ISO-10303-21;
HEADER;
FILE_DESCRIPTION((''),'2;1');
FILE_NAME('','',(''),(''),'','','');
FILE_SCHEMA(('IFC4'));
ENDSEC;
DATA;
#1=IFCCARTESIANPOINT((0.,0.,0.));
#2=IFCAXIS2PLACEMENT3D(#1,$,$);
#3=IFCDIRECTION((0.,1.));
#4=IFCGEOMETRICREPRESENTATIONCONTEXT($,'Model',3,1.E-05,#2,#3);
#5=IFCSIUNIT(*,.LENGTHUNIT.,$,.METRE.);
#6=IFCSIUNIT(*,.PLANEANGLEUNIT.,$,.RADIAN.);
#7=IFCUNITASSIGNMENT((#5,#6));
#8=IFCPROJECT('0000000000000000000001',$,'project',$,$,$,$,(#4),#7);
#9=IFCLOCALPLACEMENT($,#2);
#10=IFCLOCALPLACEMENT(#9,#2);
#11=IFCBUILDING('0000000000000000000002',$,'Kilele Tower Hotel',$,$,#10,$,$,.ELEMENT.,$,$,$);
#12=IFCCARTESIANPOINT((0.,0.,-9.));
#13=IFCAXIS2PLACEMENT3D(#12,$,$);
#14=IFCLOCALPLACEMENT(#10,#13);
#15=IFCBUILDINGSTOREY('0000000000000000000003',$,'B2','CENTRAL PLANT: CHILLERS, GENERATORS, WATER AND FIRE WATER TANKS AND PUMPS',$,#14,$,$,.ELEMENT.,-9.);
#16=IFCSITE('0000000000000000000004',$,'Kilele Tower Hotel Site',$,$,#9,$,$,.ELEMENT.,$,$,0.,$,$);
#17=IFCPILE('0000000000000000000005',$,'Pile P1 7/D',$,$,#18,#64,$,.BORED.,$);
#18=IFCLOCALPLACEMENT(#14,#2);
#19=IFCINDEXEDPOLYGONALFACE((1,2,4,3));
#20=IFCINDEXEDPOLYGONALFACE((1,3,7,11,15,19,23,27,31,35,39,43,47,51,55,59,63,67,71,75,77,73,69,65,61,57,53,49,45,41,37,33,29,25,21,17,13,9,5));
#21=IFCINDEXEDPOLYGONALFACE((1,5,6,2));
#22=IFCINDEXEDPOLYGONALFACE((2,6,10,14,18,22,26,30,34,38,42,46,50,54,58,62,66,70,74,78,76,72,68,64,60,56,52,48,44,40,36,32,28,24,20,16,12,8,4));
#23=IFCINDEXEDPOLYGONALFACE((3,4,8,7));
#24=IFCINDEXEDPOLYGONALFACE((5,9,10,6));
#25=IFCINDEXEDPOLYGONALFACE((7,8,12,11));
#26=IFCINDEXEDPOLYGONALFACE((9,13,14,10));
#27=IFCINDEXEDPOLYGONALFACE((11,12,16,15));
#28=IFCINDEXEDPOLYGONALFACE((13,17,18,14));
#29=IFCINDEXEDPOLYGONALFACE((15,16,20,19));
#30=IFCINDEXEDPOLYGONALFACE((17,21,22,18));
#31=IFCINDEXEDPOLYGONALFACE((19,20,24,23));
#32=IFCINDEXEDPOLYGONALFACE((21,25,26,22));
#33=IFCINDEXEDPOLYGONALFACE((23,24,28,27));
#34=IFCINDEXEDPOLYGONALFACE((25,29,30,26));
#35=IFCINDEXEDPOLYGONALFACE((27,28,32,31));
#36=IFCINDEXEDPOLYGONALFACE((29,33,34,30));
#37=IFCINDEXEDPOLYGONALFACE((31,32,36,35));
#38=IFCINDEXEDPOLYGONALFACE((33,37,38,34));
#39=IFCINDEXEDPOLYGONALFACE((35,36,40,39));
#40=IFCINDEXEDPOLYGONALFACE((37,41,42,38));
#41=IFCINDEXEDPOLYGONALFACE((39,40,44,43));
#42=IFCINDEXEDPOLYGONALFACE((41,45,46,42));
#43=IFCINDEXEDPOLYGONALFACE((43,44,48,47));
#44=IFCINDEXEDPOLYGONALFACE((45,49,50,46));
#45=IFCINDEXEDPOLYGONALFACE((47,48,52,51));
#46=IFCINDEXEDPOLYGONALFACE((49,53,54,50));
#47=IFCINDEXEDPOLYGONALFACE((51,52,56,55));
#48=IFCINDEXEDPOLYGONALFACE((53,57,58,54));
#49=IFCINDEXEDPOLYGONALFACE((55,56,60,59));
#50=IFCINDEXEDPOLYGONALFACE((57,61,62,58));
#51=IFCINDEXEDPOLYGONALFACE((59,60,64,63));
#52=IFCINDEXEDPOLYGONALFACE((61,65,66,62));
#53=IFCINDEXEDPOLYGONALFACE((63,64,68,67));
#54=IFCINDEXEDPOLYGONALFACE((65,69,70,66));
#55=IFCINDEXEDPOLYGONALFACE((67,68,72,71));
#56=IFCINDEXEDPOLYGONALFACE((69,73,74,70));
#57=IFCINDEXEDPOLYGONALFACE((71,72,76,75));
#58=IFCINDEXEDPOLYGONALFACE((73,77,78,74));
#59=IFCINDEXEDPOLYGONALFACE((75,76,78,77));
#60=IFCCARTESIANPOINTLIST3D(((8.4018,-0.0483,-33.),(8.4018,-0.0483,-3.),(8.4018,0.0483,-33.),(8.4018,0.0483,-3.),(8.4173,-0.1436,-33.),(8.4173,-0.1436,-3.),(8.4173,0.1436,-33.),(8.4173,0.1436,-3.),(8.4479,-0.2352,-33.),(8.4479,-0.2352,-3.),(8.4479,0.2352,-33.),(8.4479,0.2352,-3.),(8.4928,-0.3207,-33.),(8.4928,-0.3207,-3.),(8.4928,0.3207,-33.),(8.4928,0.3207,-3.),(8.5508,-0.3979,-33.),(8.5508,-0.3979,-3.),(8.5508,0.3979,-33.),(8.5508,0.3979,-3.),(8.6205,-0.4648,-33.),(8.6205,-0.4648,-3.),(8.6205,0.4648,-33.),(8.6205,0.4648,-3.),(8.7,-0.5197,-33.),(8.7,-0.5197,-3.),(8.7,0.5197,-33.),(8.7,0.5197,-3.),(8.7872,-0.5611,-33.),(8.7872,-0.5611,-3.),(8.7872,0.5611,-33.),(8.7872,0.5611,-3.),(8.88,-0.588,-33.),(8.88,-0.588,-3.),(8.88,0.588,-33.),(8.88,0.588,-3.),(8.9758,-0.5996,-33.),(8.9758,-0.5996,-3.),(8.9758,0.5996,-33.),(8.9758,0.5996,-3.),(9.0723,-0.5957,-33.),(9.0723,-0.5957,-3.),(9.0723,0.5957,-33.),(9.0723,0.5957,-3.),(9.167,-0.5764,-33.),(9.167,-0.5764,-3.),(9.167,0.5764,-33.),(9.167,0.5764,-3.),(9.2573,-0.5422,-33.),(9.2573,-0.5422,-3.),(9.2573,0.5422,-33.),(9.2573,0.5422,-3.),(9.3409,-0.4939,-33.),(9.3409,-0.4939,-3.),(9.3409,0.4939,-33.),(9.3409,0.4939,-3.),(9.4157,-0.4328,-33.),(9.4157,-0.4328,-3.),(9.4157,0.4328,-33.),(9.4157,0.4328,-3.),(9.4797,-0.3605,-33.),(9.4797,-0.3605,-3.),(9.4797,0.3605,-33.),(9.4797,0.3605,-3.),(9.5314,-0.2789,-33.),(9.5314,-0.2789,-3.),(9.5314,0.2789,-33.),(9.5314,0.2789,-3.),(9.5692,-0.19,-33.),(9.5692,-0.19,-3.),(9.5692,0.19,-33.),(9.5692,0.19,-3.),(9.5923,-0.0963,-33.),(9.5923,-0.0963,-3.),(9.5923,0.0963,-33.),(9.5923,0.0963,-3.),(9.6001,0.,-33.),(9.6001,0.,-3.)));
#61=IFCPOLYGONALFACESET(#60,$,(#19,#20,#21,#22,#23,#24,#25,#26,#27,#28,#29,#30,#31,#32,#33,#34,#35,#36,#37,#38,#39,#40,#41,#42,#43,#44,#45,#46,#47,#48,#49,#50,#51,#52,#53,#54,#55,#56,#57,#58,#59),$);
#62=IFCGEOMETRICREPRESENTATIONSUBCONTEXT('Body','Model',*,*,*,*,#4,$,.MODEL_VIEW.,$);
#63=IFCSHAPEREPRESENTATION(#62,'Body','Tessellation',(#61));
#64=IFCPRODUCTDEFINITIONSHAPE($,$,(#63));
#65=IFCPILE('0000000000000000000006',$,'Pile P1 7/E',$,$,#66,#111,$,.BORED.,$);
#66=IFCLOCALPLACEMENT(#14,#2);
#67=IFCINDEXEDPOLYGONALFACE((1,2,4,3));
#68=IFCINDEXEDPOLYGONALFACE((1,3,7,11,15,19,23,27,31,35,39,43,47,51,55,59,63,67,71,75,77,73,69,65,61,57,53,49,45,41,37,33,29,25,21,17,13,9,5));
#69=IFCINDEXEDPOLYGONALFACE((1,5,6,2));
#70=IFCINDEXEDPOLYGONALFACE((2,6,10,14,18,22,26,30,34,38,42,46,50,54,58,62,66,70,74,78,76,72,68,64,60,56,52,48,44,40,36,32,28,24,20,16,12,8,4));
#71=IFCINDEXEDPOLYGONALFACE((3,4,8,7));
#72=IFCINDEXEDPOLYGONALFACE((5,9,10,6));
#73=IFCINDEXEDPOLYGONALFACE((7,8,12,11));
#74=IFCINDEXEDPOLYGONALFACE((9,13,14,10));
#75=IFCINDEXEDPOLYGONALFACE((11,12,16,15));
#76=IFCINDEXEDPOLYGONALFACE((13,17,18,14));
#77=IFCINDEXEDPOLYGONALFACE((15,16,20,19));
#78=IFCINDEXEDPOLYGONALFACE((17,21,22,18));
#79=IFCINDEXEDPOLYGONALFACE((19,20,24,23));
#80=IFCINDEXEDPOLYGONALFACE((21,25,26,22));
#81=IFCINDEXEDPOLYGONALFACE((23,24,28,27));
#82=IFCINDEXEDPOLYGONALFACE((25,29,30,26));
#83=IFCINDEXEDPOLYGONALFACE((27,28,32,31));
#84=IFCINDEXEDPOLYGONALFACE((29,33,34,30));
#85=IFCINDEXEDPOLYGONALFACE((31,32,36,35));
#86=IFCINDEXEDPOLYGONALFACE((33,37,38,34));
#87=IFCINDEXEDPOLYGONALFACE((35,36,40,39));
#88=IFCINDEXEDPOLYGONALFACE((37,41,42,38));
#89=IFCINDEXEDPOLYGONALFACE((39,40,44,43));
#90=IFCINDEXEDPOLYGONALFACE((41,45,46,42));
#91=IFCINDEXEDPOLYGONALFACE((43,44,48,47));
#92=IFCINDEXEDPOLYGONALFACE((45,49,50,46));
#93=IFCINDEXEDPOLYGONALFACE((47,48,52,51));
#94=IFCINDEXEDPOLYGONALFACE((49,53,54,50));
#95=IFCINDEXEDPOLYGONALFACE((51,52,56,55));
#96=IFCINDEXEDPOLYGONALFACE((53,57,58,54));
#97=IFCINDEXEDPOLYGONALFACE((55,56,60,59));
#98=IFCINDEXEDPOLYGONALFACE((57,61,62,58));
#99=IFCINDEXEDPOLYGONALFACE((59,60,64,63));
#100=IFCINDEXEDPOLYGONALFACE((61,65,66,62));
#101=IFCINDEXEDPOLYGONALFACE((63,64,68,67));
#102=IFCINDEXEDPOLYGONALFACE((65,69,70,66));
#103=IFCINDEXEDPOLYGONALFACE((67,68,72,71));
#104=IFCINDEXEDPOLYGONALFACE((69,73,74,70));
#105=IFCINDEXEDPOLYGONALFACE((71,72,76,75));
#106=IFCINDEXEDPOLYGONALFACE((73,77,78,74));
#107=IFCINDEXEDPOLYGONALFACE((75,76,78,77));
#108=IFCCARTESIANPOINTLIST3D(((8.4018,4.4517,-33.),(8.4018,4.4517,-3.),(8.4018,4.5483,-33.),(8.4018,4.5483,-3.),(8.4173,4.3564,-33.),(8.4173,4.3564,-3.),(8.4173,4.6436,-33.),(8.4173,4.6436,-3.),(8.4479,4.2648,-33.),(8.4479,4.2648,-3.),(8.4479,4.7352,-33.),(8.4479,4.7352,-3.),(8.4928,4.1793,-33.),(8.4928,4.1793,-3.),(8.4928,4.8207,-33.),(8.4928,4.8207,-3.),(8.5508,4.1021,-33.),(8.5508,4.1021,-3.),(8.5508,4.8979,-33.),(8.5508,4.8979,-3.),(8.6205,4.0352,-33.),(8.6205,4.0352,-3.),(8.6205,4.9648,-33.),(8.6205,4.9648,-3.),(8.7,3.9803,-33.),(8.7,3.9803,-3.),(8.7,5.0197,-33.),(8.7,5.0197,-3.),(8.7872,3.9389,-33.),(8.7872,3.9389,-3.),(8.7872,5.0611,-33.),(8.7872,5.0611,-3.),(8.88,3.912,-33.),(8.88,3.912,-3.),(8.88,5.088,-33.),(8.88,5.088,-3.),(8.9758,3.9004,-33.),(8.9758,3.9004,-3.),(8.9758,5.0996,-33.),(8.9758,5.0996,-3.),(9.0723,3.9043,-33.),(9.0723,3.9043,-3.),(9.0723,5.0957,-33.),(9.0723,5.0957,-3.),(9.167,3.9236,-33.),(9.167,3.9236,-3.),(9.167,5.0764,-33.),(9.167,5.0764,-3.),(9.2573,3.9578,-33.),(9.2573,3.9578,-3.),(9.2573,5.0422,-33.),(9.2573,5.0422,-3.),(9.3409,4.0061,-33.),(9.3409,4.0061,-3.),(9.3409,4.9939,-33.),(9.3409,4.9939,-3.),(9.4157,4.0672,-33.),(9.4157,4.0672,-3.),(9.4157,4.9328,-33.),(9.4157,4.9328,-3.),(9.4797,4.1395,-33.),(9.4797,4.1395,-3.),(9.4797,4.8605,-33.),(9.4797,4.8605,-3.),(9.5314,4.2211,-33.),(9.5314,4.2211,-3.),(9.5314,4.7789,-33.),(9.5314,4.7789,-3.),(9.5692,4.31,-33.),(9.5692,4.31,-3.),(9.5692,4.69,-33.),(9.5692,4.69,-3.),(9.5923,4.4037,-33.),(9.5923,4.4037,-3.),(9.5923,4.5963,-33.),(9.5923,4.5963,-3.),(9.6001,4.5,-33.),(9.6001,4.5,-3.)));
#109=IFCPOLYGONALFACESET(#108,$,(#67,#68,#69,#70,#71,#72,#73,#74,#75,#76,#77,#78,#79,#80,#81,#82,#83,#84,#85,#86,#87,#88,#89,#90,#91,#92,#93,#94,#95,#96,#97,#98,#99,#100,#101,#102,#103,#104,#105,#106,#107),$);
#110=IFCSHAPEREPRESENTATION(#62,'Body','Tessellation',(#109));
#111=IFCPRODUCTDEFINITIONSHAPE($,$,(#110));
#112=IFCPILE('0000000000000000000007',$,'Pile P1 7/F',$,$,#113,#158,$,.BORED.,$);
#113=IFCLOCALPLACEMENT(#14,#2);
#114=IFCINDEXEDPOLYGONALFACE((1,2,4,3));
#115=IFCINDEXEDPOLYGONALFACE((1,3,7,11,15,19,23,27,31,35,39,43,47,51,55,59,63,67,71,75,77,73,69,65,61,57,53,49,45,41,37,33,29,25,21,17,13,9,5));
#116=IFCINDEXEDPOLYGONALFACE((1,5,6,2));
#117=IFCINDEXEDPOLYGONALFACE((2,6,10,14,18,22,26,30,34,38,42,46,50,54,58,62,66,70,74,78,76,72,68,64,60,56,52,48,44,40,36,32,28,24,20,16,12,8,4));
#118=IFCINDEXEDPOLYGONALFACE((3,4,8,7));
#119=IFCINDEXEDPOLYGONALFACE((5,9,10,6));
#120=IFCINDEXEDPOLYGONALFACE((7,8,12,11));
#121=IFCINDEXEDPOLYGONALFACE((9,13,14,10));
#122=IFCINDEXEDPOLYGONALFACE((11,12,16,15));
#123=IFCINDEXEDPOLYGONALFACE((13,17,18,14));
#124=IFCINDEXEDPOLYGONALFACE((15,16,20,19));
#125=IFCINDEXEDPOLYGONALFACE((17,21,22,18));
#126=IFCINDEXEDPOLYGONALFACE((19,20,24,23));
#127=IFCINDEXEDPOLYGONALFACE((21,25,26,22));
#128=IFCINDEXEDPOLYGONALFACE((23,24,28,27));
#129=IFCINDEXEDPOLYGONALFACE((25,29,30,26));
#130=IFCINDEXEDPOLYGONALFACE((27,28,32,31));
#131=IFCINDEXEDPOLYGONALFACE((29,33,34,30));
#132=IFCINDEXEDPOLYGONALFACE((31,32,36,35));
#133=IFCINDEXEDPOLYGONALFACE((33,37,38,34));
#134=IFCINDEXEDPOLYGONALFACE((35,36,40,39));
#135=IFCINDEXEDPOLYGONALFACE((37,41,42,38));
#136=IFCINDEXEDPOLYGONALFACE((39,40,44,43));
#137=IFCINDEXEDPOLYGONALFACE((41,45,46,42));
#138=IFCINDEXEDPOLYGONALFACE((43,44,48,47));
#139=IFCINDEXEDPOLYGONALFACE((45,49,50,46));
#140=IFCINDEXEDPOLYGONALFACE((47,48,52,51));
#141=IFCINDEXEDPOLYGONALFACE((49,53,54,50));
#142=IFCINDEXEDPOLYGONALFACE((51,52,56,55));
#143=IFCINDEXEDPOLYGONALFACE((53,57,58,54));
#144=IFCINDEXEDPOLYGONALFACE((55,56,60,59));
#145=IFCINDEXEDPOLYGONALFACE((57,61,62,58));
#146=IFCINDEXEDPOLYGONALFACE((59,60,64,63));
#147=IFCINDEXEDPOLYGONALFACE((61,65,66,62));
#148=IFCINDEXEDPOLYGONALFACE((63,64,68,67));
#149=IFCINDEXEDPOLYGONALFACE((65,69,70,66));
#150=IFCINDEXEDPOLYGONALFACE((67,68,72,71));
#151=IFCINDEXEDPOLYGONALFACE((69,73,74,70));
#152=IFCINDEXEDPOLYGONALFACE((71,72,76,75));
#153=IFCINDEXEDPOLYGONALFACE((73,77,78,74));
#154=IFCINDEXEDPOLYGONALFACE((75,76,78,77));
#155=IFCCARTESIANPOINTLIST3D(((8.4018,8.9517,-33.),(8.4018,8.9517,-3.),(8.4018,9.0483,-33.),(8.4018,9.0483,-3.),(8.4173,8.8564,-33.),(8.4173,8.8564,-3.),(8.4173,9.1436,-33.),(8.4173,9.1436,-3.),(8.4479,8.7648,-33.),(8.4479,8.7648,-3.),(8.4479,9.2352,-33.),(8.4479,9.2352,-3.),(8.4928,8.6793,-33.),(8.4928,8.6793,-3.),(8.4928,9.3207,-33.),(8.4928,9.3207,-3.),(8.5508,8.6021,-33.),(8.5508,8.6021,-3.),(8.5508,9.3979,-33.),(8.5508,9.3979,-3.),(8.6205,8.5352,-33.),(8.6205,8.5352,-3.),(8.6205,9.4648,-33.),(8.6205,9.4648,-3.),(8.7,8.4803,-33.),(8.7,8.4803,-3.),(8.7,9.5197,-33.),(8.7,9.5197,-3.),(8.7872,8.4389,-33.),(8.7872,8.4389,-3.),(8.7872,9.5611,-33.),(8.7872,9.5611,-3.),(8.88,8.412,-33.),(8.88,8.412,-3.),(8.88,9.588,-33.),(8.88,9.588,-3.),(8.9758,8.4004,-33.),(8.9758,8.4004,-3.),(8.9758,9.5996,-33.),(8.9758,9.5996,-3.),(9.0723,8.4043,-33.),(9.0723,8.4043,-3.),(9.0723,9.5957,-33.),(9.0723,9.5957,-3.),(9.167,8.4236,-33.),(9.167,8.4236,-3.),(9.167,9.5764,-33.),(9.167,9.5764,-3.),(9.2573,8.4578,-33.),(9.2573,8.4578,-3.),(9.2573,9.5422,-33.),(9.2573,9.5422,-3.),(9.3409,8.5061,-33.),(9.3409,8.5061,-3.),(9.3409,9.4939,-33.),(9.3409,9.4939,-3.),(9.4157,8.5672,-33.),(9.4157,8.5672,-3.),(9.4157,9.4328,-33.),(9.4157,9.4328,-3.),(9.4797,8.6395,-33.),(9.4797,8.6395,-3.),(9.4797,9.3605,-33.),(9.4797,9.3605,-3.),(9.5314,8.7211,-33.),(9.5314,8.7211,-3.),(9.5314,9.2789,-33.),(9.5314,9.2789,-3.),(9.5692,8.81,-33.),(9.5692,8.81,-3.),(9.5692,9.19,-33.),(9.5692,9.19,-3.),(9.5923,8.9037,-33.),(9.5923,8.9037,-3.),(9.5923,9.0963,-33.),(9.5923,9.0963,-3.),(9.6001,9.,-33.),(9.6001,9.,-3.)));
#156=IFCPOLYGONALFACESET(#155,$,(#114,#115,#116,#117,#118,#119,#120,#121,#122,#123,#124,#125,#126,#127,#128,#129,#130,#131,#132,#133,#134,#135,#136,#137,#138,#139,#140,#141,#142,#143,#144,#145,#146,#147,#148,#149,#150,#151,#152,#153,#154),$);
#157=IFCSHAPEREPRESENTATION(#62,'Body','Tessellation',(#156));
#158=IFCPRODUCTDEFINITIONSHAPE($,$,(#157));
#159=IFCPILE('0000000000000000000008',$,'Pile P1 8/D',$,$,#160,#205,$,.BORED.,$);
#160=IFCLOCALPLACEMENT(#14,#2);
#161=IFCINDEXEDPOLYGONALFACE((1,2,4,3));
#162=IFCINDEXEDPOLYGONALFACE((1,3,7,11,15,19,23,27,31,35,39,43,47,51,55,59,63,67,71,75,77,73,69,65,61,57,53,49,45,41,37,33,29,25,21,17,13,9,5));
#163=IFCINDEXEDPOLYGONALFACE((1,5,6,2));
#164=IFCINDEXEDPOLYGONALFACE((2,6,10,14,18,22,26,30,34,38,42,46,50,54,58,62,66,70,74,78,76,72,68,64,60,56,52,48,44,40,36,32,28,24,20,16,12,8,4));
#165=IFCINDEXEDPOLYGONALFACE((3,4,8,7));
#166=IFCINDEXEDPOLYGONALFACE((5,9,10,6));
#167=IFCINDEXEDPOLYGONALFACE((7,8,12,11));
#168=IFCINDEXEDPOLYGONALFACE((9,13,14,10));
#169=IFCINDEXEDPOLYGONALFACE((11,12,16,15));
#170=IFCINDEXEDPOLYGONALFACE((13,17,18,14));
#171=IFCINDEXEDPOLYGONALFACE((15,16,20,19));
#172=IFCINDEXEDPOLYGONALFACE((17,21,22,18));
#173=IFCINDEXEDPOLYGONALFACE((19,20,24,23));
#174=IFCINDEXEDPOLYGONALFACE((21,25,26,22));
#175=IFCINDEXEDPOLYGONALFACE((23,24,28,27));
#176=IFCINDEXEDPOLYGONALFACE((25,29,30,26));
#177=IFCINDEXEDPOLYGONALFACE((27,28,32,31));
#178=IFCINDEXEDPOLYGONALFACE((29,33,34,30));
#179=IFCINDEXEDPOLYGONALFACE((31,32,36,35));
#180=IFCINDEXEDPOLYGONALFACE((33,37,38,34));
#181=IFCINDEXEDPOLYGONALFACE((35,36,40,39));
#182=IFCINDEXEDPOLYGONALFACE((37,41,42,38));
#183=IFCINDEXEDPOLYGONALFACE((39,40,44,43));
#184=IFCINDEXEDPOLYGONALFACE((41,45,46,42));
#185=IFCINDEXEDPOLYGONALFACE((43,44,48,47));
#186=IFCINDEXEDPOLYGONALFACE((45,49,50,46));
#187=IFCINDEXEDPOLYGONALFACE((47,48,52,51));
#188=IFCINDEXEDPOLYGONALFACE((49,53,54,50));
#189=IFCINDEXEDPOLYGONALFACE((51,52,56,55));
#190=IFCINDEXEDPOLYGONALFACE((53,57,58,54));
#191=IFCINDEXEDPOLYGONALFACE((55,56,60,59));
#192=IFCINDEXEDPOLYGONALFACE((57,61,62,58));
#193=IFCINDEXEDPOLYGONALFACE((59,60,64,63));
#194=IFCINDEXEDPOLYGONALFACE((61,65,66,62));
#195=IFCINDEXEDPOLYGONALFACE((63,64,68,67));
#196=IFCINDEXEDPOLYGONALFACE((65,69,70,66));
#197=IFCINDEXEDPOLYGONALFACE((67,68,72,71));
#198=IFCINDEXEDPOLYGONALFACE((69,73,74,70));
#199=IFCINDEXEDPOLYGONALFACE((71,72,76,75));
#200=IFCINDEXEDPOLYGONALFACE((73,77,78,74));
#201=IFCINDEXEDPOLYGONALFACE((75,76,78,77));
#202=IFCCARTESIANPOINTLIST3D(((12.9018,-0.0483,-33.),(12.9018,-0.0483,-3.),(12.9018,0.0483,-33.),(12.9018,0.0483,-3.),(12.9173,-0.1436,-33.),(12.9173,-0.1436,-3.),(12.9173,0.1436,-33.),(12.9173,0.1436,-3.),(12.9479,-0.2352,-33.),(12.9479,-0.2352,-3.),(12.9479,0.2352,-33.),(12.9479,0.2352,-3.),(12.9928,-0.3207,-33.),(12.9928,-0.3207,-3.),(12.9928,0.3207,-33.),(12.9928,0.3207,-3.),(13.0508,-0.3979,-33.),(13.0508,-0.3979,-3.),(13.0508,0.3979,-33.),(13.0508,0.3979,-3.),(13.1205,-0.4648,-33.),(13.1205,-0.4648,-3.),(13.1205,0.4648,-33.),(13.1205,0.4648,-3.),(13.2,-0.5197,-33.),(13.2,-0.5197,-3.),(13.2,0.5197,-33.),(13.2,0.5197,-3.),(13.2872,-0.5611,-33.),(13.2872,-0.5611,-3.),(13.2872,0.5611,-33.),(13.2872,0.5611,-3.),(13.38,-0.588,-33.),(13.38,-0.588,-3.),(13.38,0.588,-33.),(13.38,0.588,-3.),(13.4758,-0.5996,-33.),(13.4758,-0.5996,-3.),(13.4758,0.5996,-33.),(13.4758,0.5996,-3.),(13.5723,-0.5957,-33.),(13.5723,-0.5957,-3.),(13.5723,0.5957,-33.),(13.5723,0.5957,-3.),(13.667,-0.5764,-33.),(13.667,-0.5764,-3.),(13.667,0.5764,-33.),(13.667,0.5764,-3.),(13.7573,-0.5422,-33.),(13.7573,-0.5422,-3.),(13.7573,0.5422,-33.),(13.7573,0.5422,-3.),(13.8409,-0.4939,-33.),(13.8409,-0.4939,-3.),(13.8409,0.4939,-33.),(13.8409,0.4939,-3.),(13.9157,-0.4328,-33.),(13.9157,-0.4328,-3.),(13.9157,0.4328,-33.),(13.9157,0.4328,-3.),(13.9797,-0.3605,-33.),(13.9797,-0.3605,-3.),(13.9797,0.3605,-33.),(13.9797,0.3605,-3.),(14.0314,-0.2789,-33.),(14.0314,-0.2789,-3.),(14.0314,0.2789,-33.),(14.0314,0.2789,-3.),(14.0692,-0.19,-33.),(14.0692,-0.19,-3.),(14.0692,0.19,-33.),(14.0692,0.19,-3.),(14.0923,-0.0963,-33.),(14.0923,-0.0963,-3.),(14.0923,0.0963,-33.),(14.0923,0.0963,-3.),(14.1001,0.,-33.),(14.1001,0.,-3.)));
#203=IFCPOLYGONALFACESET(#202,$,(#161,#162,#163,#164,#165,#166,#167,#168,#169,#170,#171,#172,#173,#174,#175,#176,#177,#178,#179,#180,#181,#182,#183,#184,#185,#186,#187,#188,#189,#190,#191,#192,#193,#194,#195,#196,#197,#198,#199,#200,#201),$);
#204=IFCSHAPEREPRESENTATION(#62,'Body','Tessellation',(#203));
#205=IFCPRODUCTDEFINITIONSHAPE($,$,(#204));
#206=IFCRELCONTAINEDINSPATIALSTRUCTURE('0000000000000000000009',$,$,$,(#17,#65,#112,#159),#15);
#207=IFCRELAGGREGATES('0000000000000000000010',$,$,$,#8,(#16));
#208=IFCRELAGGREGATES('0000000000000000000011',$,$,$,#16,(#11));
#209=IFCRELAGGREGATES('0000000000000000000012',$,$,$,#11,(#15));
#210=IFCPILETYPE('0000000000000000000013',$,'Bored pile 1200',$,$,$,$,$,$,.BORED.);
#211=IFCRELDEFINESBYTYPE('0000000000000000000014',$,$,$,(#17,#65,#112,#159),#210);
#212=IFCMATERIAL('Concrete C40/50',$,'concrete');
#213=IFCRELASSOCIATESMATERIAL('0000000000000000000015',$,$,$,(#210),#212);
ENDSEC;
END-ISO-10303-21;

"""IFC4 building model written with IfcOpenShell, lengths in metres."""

from ifc_helpers import new_model, si_unit, direction, frame, origin, origin_2d, place, context, subcontext, project, spatial, circle, extrude, material, material_profile, profile_set, type_object, element, save


model = new_model("IFC4")

# Units and contexts
model_context = context("Model", 3, precision=1e-05, world=origin(), true_north=direction((0.0, 1.0)))
body_context = subcontext(model_context, "Body", "Model", "MODEL_VIEW")
ifc_project = project(units=[si_unit("LENGTHUNIT", "METRE"), si_unit("PLANEANGLEUNIT", "RADIAN")], contexts=[model_context])

# Site, building, storey
site_placement = place(None, origin())
site = spatial("IfcSite", under=ifc_project, at=site_placement, Name="Kilele Tower Hotel Site", CompositionType="ELEMENT", RefElevation=0.0)
building_placement = place(site_placement, origin())
building = spatial("IfcBuilding", under=site, at=building_placement, Name="Kilele Tower Hotel", CompositionType="ELEMENT")
storey_placement = place(building_placement, frame((0.0, 0.0, -9.0)))
storey = spatial("IfcBuildingStorey", under=building, at=storey_placement, Name="B2", Description="CENTRAL PLANT: CHILLERS, GENERATORS, WATER AND FIRE WATER TANKS AND PUMPS", CompositionType="ELEMENT", Elevation=-9.0)

# Piles
ifc_material_1 = material(Name="Concrete C40/50", Category="concrete")
ifc_material_profile_1 = material_profile(ifc_material_1, circle(Radius=0.6001, at=origin_2d()))
ifc_profile_set_1 = profile_set([ifc_material_profile_1], Name="Concrete C40/50")
pile_type = type_object("IfcPileType", Name="Bored pile 1200", PredefinedType="BORED", material=ifc_profile_set_1)
for number, where, z_axis, x_axis, name in (
    (1, (9.0, 0.0, -3.0), (0.0, 0.0, -1.0), (1.0, 0.0, 0.0), "Pile P1 7/D"),
    (2, (9.0, 4.5, -3.0), (0.0, 0.0, -1.0), (1.0, 0.0, 0.0), "Pile P1 7/E"),
    (3, (9.0, 9.0, -3.0), (0.0, 0.0, -1.0), (1.0, 0.0, 0.0), "Pile P1 7/F"),
    (4, (13.5, 0.0, -3.0), (0.0, 0.0, -1.0), (1.0, 0.0, 0.0), "Pile P1 8/D"),
):
    element("IfcPile", number, at=place(storey_placement, frame(where, z_axis=z_axis, x_axis=x_axis)), inside=storey, type_object=pile_type, Name=name, PredefinedType="BORED", context=body_context, shape_type="SweptSolid", body=[
        extrude(circle(Radius=0.6001, at=origin_2d()), origin(), (0.0, 0.0, 1.0), 30.0),
    ])

save(model, "model.ifc")
